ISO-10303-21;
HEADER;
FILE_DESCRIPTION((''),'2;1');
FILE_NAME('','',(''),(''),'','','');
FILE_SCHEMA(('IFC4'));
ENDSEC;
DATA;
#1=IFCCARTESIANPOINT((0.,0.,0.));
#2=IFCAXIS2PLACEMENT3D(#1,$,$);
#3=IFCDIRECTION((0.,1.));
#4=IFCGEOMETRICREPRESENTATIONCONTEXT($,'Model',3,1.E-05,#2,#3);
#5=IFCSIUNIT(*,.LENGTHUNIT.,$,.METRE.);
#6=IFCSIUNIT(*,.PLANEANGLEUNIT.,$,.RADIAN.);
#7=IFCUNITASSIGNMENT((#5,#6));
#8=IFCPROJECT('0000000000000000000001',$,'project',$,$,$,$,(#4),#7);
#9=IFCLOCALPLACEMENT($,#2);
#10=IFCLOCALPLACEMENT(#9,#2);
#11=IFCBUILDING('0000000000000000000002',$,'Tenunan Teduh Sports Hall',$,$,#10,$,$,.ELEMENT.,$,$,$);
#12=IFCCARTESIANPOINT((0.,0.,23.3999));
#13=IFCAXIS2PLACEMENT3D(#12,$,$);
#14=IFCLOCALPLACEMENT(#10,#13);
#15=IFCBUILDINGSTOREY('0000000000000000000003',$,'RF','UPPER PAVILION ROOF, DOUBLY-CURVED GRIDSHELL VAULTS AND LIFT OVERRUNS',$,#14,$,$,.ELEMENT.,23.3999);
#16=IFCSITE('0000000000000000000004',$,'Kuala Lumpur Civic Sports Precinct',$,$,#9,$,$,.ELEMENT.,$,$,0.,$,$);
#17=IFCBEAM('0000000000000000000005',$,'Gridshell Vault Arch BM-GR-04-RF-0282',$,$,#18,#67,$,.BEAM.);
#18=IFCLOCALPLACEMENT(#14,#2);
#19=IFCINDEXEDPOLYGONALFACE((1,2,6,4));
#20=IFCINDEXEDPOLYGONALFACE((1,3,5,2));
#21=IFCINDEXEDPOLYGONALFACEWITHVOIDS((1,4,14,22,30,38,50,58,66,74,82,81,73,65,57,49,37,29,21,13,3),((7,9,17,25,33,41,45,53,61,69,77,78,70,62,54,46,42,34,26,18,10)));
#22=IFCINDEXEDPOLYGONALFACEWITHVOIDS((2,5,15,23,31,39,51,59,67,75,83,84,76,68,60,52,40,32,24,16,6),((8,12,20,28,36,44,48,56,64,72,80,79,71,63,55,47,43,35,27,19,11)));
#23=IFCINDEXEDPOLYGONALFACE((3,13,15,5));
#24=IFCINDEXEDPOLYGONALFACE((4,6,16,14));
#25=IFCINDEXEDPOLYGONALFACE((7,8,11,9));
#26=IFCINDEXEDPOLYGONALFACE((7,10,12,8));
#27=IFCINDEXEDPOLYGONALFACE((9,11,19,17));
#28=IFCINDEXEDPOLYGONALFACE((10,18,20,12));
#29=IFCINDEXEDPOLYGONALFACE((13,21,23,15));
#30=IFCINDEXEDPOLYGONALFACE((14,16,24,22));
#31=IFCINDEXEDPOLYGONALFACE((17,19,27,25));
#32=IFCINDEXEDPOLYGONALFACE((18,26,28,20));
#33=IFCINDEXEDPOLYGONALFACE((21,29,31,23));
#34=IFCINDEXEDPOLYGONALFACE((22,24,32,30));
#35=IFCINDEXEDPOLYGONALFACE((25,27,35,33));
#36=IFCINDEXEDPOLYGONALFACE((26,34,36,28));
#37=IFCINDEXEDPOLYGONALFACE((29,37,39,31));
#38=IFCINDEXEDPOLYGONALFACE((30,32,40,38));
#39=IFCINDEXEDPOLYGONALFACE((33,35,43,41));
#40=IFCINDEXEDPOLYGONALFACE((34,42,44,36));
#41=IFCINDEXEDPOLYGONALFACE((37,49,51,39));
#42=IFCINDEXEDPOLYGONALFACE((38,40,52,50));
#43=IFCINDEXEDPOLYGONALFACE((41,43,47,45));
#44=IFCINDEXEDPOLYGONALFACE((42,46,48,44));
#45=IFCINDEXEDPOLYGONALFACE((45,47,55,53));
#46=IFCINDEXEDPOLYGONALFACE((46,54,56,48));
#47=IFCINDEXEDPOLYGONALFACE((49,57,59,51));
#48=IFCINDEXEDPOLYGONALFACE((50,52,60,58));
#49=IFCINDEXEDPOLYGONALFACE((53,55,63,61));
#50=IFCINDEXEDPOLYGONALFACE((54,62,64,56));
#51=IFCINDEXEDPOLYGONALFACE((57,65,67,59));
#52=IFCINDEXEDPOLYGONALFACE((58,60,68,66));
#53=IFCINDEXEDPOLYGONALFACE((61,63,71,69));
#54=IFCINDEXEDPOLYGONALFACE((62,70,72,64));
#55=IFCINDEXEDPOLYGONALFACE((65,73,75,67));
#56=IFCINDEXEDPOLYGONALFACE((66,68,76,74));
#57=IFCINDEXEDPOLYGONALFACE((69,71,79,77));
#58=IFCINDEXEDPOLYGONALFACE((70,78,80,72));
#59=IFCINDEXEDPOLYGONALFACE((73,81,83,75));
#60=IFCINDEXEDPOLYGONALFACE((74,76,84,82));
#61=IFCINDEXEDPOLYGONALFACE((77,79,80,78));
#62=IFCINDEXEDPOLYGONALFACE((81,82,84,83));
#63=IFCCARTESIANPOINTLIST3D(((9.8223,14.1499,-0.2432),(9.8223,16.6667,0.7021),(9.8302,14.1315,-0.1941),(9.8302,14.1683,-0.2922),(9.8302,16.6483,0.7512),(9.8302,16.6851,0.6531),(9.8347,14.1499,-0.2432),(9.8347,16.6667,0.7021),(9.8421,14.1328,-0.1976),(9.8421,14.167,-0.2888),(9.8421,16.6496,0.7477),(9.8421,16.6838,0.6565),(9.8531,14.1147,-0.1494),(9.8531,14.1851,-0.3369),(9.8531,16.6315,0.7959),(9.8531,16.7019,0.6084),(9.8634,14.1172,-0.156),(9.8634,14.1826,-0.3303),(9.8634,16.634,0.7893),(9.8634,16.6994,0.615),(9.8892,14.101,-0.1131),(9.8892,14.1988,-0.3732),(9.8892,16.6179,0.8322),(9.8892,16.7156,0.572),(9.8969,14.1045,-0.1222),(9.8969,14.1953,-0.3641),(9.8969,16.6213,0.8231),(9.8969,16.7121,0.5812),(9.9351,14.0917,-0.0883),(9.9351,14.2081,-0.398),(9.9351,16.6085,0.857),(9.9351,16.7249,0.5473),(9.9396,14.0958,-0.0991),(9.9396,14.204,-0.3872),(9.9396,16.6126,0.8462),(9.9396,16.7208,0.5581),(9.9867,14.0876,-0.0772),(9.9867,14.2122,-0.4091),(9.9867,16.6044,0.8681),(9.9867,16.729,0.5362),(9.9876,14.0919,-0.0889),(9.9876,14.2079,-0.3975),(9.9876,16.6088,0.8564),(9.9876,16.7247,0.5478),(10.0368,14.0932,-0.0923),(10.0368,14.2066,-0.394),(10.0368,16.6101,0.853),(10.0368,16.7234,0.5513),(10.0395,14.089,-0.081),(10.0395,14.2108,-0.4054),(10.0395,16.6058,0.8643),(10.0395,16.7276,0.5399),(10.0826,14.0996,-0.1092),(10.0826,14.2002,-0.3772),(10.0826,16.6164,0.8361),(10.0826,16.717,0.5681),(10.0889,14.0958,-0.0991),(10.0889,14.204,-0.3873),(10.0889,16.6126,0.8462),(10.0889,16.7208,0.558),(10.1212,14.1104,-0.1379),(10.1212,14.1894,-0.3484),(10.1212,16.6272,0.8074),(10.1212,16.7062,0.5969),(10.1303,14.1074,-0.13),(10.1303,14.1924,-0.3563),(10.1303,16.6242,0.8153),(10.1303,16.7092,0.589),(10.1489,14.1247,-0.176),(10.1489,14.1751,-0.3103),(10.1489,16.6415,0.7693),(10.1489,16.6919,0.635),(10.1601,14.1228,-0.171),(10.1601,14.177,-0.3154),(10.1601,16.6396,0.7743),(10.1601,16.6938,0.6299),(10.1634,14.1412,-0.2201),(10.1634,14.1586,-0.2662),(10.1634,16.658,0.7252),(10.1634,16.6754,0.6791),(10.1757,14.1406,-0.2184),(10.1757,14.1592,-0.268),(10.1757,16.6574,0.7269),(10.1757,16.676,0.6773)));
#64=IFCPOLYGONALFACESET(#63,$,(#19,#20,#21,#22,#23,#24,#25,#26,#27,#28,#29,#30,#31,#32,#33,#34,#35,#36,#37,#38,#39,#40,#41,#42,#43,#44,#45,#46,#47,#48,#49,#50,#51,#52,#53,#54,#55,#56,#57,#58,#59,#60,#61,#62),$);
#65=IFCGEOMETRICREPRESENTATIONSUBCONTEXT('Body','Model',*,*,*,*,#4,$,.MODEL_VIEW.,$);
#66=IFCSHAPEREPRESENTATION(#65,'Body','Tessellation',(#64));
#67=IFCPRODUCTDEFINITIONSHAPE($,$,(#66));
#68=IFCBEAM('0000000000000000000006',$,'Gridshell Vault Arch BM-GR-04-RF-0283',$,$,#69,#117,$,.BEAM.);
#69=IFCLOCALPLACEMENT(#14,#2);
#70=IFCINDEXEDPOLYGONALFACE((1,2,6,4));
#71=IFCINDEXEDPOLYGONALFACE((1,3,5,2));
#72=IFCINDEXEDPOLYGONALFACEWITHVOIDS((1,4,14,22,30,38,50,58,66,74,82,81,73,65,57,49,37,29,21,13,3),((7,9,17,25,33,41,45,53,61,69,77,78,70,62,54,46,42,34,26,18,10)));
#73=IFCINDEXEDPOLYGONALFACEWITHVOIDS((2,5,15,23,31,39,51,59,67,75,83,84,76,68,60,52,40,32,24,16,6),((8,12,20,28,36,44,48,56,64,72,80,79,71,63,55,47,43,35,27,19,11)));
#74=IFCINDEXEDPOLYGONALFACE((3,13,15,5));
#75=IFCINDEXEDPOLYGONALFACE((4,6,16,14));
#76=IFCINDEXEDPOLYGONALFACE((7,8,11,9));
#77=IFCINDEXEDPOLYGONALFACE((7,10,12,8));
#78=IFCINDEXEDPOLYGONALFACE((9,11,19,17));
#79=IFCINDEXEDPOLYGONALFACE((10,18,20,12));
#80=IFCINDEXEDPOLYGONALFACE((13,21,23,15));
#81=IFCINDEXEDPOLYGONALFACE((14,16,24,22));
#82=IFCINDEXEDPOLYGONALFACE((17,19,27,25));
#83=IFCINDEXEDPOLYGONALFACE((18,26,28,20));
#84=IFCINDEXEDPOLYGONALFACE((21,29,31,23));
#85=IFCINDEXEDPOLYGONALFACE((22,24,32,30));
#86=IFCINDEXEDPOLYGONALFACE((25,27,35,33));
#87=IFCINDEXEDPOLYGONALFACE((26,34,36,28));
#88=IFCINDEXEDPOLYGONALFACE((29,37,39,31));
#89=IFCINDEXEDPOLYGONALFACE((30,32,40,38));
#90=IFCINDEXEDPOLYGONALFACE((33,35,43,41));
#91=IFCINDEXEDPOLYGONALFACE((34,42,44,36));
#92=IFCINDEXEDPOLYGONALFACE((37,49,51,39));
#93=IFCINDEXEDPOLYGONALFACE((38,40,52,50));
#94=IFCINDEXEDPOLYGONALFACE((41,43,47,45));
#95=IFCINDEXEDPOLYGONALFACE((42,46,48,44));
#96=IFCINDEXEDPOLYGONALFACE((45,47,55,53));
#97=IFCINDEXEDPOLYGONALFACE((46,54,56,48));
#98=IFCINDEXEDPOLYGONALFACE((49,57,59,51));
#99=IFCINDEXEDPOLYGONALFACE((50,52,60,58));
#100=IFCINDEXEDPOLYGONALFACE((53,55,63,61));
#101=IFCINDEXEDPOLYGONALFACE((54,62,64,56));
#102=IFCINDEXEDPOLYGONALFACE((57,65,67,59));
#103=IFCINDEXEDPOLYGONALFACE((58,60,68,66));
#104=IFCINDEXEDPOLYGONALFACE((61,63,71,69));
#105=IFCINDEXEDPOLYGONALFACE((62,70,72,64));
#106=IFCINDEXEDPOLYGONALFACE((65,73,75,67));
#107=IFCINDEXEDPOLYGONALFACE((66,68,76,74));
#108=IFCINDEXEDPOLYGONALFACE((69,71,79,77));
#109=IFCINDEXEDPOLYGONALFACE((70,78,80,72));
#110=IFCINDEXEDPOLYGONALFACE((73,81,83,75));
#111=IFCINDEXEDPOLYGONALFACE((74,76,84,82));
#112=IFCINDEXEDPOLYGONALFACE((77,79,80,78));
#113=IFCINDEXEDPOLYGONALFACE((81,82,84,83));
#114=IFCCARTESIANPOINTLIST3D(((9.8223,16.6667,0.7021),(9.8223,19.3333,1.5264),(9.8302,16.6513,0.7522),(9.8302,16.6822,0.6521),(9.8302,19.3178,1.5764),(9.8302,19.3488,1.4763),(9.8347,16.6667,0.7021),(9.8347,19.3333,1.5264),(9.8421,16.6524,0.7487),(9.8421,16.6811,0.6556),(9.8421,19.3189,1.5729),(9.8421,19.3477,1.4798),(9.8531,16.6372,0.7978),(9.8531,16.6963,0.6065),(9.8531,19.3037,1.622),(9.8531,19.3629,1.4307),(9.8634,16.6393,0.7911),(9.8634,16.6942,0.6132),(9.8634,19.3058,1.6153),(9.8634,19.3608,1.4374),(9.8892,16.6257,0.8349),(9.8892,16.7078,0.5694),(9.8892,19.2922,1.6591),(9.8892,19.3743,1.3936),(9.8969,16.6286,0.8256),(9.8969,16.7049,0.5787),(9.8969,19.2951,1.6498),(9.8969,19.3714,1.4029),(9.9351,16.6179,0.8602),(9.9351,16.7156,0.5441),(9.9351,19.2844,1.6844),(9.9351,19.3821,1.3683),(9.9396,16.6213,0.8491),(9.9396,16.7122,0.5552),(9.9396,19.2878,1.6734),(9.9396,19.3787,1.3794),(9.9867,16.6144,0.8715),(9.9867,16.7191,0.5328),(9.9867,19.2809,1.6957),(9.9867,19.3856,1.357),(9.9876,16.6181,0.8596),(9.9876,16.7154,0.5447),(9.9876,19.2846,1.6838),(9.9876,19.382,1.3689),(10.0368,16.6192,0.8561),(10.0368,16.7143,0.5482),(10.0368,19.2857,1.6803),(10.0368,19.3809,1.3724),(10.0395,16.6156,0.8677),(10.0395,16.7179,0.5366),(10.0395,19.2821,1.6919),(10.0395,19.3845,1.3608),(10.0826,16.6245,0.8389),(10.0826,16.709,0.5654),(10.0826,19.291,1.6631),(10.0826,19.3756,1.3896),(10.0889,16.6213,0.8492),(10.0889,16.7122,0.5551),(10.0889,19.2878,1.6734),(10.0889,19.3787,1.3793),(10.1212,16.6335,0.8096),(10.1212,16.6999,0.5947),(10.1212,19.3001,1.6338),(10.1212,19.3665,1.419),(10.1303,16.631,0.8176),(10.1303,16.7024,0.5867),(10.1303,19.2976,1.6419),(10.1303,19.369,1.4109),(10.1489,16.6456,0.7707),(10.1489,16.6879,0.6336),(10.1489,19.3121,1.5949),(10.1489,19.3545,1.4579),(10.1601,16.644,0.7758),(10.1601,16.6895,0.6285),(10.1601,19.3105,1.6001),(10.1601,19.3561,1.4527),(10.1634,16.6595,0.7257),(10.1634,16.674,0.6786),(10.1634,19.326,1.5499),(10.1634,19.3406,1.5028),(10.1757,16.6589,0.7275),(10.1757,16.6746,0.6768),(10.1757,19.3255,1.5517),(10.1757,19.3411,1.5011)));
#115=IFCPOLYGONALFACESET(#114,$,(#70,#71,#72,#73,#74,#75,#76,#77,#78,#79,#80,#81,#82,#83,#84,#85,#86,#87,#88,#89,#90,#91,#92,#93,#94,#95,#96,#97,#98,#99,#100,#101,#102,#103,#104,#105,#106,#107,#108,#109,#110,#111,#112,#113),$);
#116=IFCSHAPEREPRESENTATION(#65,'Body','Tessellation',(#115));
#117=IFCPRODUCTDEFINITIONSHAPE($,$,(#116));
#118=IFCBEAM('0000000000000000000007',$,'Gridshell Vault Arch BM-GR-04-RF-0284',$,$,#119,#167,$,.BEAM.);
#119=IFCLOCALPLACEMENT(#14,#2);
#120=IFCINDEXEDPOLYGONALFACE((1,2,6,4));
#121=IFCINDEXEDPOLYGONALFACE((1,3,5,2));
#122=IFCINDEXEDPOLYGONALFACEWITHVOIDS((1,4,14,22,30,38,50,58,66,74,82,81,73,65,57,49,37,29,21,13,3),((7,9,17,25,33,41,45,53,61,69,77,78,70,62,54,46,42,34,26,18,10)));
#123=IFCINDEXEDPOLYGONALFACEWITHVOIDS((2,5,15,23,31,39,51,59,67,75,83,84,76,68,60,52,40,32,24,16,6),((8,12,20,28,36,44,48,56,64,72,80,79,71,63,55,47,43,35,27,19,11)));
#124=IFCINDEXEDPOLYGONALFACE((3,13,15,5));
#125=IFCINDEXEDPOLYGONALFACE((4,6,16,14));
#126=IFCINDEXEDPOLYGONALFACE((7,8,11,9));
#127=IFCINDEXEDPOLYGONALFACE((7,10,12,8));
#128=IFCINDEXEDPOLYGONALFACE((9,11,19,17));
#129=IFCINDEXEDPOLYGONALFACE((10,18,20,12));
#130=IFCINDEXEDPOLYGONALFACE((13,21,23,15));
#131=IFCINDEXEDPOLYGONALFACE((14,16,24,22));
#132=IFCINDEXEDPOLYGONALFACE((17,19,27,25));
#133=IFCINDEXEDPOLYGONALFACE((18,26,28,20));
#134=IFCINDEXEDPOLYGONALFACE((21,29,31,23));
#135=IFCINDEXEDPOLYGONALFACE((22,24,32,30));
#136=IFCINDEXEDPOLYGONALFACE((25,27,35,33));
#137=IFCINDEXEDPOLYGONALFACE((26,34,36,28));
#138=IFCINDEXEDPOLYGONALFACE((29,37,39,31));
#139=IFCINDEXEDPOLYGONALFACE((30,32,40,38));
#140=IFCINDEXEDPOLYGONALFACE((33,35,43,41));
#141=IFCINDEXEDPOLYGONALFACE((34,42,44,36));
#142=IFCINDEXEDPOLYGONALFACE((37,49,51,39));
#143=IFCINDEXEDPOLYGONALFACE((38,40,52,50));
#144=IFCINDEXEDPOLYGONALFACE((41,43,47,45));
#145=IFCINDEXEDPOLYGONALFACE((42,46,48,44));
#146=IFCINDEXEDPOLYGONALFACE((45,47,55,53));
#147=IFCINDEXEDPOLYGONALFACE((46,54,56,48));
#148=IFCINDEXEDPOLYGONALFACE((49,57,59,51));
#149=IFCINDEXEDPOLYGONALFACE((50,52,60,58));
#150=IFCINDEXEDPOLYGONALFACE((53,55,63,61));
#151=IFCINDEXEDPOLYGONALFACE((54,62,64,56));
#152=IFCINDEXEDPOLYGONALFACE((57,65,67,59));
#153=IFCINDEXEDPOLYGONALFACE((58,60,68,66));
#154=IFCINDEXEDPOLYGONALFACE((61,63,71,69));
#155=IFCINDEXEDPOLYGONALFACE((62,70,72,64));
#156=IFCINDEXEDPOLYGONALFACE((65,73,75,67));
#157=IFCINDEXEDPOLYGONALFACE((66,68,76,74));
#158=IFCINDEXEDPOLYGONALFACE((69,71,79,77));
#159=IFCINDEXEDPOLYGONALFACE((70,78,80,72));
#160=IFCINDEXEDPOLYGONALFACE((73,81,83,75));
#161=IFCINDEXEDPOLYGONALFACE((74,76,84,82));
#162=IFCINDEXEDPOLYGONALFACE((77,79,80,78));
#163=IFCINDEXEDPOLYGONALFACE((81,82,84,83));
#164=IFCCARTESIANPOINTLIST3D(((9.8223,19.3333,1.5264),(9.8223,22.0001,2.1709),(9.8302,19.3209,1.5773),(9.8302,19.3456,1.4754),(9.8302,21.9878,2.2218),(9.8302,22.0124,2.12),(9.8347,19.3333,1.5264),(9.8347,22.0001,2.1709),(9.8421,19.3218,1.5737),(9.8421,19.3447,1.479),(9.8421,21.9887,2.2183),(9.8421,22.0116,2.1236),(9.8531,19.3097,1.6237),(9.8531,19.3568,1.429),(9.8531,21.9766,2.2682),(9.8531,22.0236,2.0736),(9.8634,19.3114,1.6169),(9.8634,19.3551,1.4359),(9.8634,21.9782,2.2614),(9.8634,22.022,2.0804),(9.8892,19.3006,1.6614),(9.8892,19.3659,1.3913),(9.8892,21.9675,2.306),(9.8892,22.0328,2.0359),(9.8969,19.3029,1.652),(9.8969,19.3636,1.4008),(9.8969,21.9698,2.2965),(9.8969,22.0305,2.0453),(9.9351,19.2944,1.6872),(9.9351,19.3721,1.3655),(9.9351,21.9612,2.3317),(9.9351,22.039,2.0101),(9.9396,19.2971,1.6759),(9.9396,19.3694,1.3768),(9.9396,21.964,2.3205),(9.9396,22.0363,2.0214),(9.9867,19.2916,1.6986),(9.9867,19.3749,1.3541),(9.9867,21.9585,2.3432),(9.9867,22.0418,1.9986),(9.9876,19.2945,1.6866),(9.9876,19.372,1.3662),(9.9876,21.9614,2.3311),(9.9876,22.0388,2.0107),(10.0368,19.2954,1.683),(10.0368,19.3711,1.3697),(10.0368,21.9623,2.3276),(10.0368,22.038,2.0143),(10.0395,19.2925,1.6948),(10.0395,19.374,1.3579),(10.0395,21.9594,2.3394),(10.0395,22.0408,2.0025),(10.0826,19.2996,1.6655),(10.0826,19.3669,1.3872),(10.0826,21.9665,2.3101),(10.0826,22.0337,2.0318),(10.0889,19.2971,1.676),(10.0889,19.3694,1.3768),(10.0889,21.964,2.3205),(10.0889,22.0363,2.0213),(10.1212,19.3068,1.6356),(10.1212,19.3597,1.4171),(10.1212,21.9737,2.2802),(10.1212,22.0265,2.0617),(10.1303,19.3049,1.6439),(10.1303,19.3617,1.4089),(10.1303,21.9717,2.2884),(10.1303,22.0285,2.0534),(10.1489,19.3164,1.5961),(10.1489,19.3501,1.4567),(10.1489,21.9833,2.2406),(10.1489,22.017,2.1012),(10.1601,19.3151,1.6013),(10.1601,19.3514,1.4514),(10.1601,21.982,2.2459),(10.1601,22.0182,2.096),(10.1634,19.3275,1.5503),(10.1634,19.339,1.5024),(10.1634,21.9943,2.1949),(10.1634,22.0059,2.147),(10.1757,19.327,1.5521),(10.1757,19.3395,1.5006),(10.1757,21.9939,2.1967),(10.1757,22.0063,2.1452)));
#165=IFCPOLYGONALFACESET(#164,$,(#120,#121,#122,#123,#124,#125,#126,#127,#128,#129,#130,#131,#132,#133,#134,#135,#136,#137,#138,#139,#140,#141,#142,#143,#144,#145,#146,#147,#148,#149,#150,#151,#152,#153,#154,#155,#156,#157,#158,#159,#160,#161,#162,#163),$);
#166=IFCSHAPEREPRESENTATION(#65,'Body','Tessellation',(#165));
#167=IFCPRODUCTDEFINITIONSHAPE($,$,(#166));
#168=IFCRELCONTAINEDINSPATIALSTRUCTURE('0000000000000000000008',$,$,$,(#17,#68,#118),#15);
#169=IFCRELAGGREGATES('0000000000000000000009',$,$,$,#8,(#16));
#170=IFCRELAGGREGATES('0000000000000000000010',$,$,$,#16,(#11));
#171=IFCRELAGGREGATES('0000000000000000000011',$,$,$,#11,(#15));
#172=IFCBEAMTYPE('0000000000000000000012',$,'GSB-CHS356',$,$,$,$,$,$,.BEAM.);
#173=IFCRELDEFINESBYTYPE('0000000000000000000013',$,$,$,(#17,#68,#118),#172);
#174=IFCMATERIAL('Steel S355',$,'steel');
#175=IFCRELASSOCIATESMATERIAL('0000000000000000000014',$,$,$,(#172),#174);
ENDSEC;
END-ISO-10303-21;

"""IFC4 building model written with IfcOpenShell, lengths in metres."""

from ifc_helpers import new_model, si_unit, direction, frame, origin, origin_2d, place, context, subcontext, project, spatial, hollow_circle, extrude, material, material_profile, profile_set, type_object, element, save


model = new_model("IFC4")

# Units and contexts
model_context = context("Model", 3, precision=1e-05, world=origin(), true_north=direction((0.0, 1.0)))
body_context = subcontext(model_context, "Body", "Model", "MODEL_VIEW")
ifc_project = project(units=[si_unit("LENGTHUNIT", "METRE"), si_unit("PLANEANGLEUNIT", "RADIAN")], contexts=[model_context])

# Site, building, storey
site_placement = place(None, origin())
site = spatial("IfcSite", under=ifc_project, at=site_placement, Name="Kuala Lumpur Civic Sports Precinct", CompositionType="ELEMENT", RefElevation=0.0)
building_placement = place(site_placement, origin())
building = spatial("IfcBuilding", under=site, at=building_placement, Name="Tenunan Teduh Sports Hall", CompositionType="ELEMENT")
storey_placement = place(building_placement, frame((0.0, 0.0, 23.3999)))
storey = spatial("IfcBuildingStorey", under=building, at=storey_placement, Name="RF", Description="UPPER PAVILION ROOF, DOUBLY-CURVED GRIDSHELL VAULTS AND LIFT OVERRUNS", CompositionType="ELEMENT", Elevation=23.3999)

# Beams
ifc_material_1 = material(Name="Steel S355", Category="steel")
ifc_material_profile_1 = material_profile(ifc_material_1, hollow_circle(Radius=0.1777, WallThickness=0.0125, at=origin_2d()), Name="CHS 355.6x12.5")
ifc_profile_set_1 = profile_set([ifc_material_profile_1], Name="Steel S355")
beam_type_1 = type_object("IfcBeamType", Name="GSB-CHS356", PredefinedType="BEAM", material=ifc_profile_set_1)
beam_1_placement = place(storey_placement, frame((10.0, 14.1499, -0.2432), z_axis=(0.0, 0.936146, 0.351611), x_axis=(-1.0, 0.0, 0.0)))
element("IfcBeam", 1, at=beam_1_placement, inside=storey, type_object=beam_type_1, Name="Gridshell Vault Arch BM-GR-04-RF-0282", PredefinedType="BEAM", context=body_context, shape_type="SweptSolid", body=[
    extrude(hollow_circle(Radius=0.1777, WallThickness=0.0125, at=origin_2d()), origin(), (0.0, 0.0, 1.0), 2.6885),
])
beam_2_placement = place(storey_placement, frame((10.0, 16.6667, 0.7021), z_axis=(0.0, 0.9554, 0.295315), x_axis=(-1.0, 0.0, 0.0)))
element("IfcBeam", 2, at=beam_2_placement, inside=storey, type_object=beam_type_1, Name="Gridshell Vault Arch BM-GR-04-RF-0283", PredefinedType="BEAM", context=body_context, shape_type="SweptSolid", body=[
    extrude(hollow_circle(Radius=0.1777, WallThickness=0.0125, at=origin_2d()), origin(), (0.0, 0.0, 1.0), 2.791),
])
beam_3_placement = place(storey_placement, frame((10.0, 19.3333, 1.5264), z_axis=(0.0, 0.972013, 0.234928), x_axis=(-1.0, 0.0, 0.0)))
element("IfcBeam", 3, at=beam_3_placement, inside=storey, type_object=beam_type_1, Name="Gridshell Vault Arch BM-GR-04-RF-0284", PredefinedType="BEAM", context=body_context, shape_type="SweptSolid", body=[
    extrude(hollow_circle(Radius=0.1777, WallThickness=0.0125, at=origin_2d()), origin(), (0.0, 0.0, 1.0), 2.7437),
])

save(model, "model.ifc")
